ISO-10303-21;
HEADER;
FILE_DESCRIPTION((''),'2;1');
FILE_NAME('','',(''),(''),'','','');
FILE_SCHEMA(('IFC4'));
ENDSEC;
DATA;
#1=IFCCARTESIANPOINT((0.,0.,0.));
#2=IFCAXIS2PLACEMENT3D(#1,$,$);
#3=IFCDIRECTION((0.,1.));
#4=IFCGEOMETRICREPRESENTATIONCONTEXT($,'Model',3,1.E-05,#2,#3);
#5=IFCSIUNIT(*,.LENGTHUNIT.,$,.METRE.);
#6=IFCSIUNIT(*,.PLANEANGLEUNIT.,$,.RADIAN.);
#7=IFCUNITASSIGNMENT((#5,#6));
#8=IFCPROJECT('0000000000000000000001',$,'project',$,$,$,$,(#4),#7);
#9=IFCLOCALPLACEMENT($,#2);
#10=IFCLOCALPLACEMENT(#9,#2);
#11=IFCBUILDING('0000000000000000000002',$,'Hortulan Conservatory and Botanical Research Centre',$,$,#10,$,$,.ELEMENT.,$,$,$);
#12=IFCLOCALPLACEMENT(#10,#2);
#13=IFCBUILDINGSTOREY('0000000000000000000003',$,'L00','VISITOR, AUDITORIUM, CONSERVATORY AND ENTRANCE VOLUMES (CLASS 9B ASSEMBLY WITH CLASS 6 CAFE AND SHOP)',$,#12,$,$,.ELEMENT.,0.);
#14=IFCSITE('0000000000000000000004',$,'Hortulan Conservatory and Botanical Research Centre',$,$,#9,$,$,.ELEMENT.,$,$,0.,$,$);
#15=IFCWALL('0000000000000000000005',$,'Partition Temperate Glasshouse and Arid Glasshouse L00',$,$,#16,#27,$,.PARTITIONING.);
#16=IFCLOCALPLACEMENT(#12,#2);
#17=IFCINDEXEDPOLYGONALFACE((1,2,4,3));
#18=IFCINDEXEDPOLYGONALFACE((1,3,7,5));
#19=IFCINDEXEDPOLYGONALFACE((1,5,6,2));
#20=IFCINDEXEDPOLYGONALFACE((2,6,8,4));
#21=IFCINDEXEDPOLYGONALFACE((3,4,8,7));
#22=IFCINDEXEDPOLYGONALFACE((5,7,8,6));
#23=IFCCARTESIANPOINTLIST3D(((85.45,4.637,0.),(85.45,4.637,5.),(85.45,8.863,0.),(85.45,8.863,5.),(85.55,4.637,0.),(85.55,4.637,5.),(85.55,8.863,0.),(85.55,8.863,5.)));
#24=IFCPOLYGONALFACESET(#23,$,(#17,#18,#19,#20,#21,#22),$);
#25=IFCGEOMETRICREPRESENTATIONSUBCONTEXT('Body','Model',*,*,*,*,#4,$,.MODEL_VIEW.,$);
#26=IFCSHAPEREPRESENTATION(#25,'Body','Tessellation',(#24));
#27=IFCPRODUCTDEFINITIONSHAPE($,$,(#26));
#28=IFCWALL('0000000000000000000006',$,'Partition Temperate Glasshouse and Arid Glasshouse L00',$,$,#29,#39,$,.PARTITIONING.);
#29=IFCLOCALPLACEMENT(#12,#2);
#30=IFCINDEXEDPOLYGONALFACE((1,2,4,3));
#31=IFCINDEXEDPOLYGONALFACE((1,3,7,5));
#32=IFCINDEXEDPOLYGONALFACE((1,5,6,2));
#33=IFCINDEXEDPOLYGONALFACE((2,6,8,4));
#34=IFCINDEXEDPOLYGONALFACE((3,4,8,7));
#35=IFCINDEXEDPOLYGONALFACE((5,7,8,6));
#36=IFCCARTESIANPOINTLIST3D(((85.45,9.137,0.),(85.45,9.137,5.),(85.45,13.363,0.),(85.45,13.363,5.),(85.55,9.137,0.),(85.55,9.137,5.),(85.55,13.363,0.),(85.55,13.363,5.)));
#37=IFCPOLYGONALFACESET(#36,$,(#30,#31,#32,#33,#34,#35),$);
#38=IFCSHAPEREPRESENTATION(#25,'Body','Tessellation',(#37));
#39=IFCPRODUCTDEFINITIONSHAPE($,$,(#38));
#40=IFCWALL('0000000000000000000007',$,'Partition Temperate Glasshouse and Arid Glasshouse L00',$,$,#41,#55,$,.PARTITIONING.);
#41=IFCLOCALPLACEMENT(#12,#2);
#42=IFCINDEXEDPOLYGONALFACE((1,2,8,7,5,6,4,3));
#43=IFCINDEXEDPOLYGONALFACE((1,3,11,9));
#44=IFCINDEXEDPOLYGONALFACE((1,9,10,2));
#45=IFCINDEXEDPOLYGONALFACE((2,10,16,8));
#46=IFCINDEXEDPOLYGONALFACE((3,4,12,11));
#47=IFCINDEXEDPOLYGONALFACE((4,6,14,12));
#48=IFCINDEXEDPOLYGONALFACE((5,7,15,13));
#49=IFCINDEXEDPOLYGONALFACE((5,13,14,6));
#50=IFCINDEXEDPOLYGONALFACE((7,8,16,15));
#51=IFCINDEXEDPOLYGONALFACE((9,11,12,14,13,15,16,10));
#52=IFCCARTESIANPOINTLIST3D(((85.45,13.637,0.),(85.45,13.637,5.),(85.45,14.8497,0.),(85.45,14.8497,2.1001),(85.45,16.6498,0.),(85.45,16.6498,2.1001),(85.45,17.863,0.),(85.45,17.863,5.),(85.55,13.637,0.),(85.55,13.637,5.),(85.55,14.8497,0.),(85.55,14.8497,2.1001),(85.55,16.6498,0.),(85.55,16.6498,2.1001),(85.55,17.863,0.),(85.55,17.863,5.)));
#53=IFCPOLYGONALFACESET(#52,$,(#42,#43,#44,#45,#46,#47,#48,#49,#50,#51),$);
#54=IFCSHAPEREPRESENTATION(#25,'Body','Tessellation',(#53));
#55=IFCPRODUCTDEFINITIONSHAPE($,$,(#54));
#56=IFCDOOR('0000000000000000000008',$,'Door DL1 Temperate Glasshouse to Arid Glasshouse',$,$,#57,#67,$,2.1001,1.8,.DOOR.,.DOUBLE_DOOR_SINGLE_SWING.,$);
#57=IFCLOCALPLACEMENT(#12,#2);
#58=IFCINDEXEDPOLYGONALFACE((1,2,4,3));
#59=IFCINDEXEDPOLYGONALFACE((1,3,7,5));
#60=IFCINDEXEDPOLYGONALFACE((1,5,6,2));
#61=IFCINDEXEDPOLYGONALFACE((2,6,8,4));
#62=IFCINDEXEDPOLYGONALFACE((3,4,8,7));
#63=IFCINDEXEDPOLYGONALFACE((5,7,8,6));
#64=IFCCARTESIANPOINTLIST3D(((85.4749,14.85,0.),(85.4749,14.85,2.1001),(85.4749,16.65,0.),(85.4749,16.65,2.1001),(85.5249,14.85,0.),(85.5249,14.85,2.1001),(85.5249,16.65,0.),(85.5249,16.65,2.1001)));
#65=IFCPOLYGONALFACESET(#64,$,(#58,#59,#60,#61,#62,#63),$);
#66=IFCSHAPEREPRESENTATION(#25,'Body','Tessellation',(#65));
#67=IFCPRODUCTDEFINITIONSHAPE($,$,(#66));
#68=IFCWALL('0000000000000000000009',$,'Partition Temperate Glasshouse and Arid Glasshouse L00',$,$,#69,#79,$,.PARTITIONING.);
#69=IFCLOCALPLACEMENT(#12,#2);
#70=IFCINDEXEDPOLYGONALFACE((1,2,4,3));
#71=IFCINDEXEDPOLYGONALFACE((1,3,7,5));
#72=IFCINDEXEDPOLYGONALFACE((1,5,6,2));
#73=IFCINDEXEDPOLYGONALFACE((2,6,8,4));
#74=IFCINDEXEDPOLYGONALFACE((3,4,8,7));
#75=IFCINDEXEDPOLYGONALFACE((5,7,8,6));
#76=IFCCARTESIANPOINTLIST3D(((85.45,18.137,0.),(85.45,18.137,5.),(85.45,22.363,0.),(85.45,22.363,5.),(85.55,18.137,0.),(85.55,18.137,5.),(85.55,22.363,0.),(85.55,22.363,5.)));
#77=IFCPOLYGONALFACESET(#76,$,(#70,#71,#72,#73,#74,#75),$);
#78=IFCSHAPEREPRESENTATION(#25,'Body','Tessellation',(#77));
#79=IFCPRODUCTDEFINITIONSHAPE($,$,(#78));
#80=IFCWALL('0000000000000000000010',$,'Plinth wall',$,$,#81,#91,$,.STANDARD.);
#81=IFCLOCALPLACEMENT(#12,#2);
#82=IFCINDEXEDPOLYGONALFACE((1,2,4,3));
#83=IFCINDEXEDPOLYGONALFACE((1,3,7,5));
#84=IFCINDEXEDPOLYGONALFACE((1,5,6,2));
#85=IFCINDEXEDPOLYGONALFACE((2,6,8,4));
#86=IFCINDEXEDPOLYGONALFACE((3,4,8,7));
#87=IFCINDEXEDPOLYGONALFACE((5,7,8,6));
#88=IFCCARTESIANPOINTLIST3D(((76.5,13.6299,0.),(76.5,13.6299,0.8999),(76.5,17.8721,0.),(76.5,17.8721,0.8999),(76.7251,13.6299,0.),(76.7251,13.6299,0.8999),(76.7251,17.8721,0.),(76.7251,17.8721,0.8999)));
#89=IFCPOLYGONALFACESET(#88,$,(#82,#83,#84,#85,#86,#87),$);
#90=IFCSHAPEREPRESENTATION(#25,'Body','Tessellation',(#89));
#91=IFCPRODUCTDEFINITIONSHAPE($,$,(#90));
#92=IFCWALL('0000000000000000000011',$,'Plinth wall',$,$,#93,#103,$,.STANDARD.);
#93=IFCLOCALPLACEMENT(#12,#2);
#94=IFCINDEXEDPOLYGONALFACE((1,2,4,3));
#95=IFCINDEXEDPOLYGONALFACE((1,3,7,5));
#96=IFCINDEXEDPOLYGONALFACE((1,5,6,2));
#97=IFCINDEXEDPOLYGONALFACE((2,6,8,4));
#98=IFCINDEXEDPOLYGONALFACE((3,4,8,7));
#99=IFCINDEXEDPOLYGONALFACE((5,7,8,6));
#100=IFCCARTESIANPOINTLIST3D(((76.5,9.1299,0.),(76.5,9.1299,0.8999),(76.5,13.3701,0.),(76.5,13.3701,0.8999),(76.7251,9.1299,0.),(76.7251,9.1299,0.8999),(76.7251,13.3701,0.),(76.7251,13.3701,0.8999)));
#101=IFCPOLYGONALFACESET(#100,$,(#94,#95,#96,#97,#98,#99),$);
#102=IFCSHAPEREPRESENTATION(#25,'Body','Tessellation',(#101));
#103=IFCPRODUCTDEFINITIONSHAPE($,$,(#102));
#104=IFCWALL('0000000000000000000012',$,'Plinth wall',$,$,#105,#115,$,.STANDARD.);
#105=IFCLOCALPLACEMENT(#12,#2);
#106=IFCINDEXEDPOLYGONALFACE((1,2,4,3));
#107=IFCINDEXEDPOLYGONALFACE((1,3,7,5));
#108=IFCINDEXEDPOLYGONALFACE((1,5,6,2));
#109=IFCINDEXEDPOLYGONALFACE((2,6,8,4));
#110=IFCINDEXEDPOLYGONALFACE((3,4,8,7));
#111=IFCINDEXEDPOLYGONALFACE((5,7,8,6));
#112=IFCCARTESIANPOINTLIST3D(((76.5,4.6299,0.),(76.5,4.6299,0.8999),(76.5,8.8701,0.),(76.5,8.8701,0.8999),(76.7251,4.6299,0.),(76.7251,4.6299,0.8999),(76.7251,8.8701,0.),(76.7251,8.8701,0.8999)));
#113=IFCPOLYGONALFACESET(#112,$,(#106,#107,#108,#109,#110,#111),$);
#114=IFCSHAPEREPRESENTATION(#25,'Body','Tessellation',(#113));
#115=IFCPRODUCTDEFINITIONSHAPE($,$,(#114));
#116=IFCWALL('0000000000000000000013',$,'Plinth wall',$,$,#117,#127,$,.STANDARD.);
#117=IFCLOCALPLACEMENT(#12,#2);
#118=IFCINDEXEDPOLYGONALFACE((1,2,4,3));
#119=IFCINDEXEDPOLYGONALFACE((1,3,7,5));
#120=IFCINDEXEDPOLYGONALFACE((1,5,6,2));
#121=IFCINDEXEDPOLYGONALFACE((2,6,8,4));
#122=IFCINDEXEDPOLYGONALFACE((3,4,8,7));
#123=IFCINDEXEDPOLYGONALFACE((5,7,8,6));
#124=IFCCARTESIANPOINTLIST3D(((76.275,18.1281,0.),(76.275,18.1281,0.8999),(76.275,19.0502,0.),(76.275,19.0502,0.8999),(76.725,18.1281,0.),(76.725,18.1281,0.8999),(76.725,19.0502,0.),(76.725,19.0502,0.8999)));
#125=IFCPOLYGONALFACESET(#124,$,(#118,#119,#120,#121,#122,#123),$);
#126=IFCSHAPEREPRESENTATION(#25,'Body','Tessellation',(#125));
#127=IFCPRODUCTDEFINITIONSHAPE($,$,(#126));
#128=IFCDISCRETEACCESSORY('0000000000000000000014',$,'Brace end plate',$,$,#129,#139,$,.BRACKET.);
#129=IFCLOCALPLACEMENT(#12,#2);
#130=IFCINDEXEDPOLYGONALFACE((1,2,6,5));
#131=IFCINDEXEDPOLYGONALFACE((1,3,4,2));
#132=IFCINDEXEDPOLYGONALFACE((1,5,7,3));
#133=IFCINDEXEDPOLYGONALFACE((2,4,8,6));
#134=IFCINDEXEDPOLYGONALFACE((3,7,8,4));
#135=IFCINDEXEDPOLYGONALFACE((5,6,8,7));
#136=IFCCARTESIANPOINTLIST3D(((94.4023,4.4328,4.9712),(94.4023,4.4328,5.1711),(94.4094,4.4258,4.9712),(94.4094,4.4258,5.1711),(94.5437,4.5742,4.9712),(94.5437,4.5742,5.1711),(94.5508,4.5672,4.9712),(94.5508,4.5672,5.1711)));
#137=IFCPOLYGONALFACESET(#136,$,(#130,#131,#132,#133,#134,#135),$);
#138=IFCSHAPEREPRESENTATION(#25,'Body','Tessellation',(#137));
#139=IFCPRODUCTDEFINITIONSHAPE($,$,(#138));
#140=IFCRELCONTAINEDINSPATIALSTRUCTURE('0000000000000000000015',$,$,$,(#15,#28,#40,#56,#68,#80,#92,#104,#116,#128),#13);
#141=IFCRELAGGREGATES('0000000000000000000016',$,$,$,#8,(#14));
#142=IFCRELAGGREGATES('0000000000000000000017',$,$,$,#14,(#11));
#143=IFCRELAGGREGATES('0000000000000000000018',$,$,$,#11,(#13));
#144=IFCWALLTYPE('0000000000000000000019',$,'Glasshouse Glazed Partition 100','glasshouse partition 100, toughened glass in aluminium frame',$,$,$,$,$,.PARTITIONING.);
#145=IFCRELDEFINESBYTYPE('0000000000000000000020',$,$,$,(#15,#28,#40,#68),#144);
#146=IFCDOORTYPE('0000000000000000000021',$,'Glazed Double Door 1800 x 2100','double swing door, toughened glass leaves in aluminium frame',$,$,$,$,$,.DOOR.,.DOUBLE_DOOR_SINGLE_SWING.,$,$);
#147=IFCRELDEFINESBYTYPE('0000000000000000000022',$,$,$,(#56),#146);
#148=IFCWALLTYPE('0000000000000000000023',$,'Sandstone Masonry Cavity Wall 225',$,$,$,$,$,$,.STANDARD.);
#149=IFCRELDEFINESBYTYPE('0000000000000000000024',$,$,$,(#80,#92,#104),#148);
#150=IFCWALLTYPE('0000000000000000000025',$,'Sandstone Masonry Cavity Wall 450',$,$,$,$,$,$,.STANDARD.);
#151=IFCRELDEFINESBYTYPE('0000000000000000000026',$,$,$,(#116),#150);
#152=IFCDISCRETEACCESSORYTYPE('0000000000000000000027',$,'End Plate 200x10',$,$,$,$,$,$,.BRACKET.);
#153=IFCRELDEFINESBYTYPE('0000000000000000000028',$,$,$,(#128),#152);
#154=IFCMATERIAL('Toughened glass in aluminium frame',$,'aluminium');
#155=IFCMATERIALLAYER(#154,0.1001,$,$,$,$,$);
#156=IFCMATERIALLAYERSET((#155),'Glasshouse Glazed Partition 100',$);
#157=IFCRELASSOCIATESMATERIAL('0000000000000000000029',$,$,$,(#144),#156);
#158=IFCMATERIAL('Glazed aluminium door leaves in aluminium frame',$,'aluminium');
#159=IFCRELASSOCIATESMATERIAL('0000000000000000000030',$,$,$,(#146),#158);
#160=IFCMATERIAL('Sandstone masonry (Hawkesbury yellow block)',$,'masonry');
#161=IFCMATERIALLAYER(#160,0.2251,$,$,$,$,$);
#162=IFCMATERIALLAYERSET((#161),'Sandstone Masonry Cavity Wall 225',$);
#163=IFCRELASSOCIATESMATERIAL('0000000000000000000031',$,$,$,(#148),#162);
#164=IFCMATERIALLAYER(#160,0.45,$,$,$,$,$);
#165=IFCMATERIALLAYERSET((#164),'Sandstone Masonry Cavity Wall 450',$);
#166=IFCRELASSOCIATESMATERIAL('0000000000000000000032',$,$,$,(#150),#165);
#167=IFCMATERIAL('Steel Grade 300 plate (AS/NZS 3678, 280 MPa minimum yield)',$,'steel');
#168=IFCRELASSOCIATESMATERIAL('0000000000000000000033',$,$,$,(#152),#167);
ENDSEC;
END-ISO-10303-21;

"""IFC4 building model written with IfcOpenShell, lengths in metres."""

from ifc_helpers import new_model, si_unit, direction, frame, frame_2d, origin, origin_2d, place, context, subcontext, project, spatial, rectangle, extrude, material, layer, layer_set, type_object, element, fill, save


model = new_model("IFC4")

# Units and contexts
model_context = context("Model", 3, precision=1e-05, world=origin(), true_north=direction((0.0, 1.0)))
body_context = subcontext(model_context, "Body", "Model", "MODEL_VIEW")
ifc_project = project(units=[si_unit("LENGTHUNIT", "METRE"), si_unit("PLANEANGLEUNIT", "RADIAN")], contexts=[model_context])

# Site, building, storey
site_placement = place(None, origin())
site = spatial("IfcSite", under=ifc_project, at=site_placement, Name="Hortulan Conservatory and Botanical Research Centre", CompositionType="ELEMENT", RefElevation=0.0)
building_placement = place(site_placement, origin())
building = spatial("IfcBuilding", under=site, at=building_placement, Name="Hortulan Conservatory and Botanical Research Centre", CompositionType="ELEMENT")
storey_placement = place(building_placement, origin())
storey = spatial("IfcBuildingStorey", under=building, at=storey_placement, Name="L00", Description="VISITOR, AUDITORIUM, CONSERVATORY AND ENTRANCE VOLUMES (CLASS 9B ASSEMBLY WITH CLASS 6 CAFE AND SHOP)", CompositionType="ELEMENT", Elevation=0.0)

# Walls
ifc_material_1 = material(Name="Toughened glass in aluminium frame", Category="aluminium")
ifc_layer_1 = layer(ifc_material_1, 0.1001)
ifc_layer_set_1 = layer_set([ifc_layer_1], Name="Glasshouse Glazed Partition 100")
wall_type_1 = type_object("IfcWallType", Name="Glasshouse Glazed Partition 100", Description="glasshouse partition 100, toughened glass in aluminium frame", PredefinedType="PARTITIONING", material=ifc_layer_set_1)
for number, where, z_axis, x_axis, name in (
    (1, (85.5, 4.637, 0.0), (0.0, 0.0, 1.0), (0.0, 1.0, 0.0), "Partition Temperate Glasshouse and Arid Glasshouse L00"),
    (2, (85.5, 9.137, 0.0), (0.0, 0.0, 1.0), (0.0, 1.0, 0.0), "Partition Temperate Glasshouse and Arid Glasshouse L00"),
):
    element("IfcWall", number, at=place(storey_placement, frame(where, z_axis=z_axis, x_axis=x_axis)), inside=storey, type_object=wall_type_1, Name=name, PredefinedType="PARTITIONING", context=body_context, shape_type="SweptSolid", body=[
        extrude(rectangle(XDim=4.2261, YDim=0.1001, at=frame_2d((2.113, 0.0))), origin(), (0.0, 0.0, 1.0), 5.0),
    ])

# Wall, opening, door
wall_1_placement = place(storey_placement, frame((85.5, 13.637, 0.0), z_axis=(0.0, 0.0, 1.0), x_axis=(0.0, 1.0, 0.0)))
wall_1 = element("IfcWall", 3, at=wall_1_placement, inside=storey, type_object=wall_type_1, Name="Partition Temperate Glasshouse and Arid Glasshouse L00", PredefinedType="PARTITIONING", context=body_context, shape_type="SweptSolid", body=[
    extrude(rectangle(XDim=4.2261, YDim=0.1001, at=frame_2d((2.113, 0.0))), origin(), (0.0, 0.0, 1.0), 5.0),
])
opening_placement = place(wall_1_placement, frame((1.2129, 0.0, 0.0)))
opening = element("IfcOpeningElement", 4, at=opening_placement, cuts=wall_1, PredefinedType="OPENING", context=body_context, shape_type="SweptSolid", body=[
    extrude(rectangle(XDim=1.8, YDim=2.1001, at=frame_2d((0.8999, 1.05))), frame((0.0, 0.0601, 0.0), z_axis=(0.0, -1.0, 0.0), x_axis=(1.0, 0.0, 0.0)), (0.0, 0.0, 1.0), 0.1201),
])
ifc_material_2 = material(Name="Glazed aluminium door leaves in aluminium frame", Category="aluminium")
door_type = type_object("IfcDoorType", Name="Glazed Double Door 1800 x 2100", Description="double swing door, toughened glass leaves in aluminium frame", OperationType="DOUBLE_DOOR_SINGLE_SWING", PredefinedType="DOOR", material=ifc_material_2)
door_placement = place(opening_placement, frame((1.8, 0.0, 0.0), z_axis=(0.0, 0.0, 1.0), x_axis=(-1.0, 0.0, 0.0)))
door = element("IfcDoor", 5, at=door_placement, inside=storey, type_object=door_type, Name="Door DL1 Temperate Glasshouse to Arid Glasshouse", OperationType="DOUBLE_DOOR_SINGLE_SWING", OverallHeight=2.1001, OverallWidth=1.8, PredefinedType="DOOR", context=body_context, shape_type="SweptSolid", body=[
    extrude(rectangle(XDim=1.8, YDim=2.1001, at=frame_2d((0.8999, 1.05))), frame((0.0, 0.0249, 0.0), z_axis=(0.0, -1.0, 0.0), x_axis=(1.0, 0.0, 0.0)), (0.0, 0.0, 1.0), 0.05),
])
fill(opening, door)

# Walls
wall_2_placement = place(storey_placement, frame((85.5, 18.137, 0.0), z_axis=(0.0, 0.0, 1.0), x_axis=(0.0, 1.0, 0.0)))
element("IfcWall", 6, at=wall_2_placement, inside=storey, type_object=wall_type_1, Name="Partition Temperate Glasshouse and Arid Glasshouse L00", PredefinedType="PARTITIONING", context=body_context, shape_type="SweptSolid", body=[
    extrude(rectangle(XDim=4.2261, YDim=0.1001, at=frame_2d((2.113, 0.0))), origin(), (0.0, 0.0, 1.0), 5.0),
])
ifc_material_3 = material(Name="Sandstone masonry (Hawkesbury yellow block)", Category="masonry")
ifc_layer_2 = layer(ifc_material_3, 0.2251)
ifc_layer_set_2 = layer_set([ifc_layer_2], Name="Sandstone Masonry Cavity Wall 225")
wall_type_2 = type_object("IfcWallType", Name="Sandstone Masonry Cavity Wall 225", PredefinedType="STANDARD", material=ifc_layer_set_2)
wall_3_placement = place(storey_placement, frame((76.6125, 17.8721, 0.0), z_axis=(0.0, 0.0, 1.0), x_axis=(0.0, -1.0, 0.0)))
element("IfcWall", 7, at=wall_3_placement, inside=storey, type_object=wall_type_2, Name="Plinth wall", PredefinedType="STANDARD", context=body_context, shape_type="SweptSolid", body=[
    extrude(rectangle(XDim=4.2422, YDim=0.2251, at=frame_2d((2.1211, 0.0))), origin(), (0.0, 0.0, 1.0), 0.8999),
])
for number, where, z_axis, x_axis, name in (
    (8, (76.6125, 13.3701, 0.0), (0.0, 0.0, 1.0), (0.0, -1.0, 0.0), "Plinth wall"),
    (9, (76.6125, 8.8701, 0.0), (0.0, 0.0, 1.0), (0.0, -1.0, 0.0), "Plinth wall"),
):
    element("IfcWall", number, at=place(storey_placement, frame(where, z_axis=z_axis, x_axis=x_axis)), inside=storey, type_object=wall_type_2, Name=name, PredefinedType="STANDARD", context=body_context, shape_type="SweptSolid", body=[
        extrude(rectangle(XDim=4.2402, YDim=0.2251, at=frame_2d((2.1201, 0.0))), origin(), (0.0, 0.0, 1.0), 0.8999),
    ])
ifc_layer_3 = layer(ifc_material_3, 0.45)
ifc_layer_set_3 = layer_set([ifc_layer_3], Name="Sandstone Masonry Cavity Wall 450")
wall_type_3 = type_object("IfcWallType", Name="Sandstone Masonry Cavity Wall 450", PredefinedType="STANDARD", material=ifc_layer_set_3)
wall_4_placement = place(storey_placement, frame((76.5, 19.05, 0.0), z_axis=(0.0, 0.0, 1.0), x_axis=(0.0, -1.0, 0.0)))
element("IfcWall", 10, at=wall_4_placement, inside=storey, type_object=wall_type_3, Name="Plinth wall", PredefinedType="STANDARD", context=body_context, shape_type="SweptSolid", body=[
    extrude(rectangle(XDim=0.9221, YDim=0.45, at=frame_2d((0.4609, 0.0))), origin(), (0.0, 0.0, 1.0), 0.8999),
])

# Discrete accessory
ifc_material_4 = material(Name="Steel Grade 300 plate (AS/NZS 3678, 280 MPa minimum yield)", Category="steel")
discrete_accessory_type = type_object("IfcDiscreteAccessoryType", Name="End Plate 200x10", PredefinedType="BRACKET", material=ifc_material_4)
discrete_accessory_placement = place(storey_placement, frame((94.4766, 4.5, 4.9712), z_axis=(0.0, 0.0, 1.0), x_axis=(0.707107, 0.707107, 0.0)))
element("IfcDiscreteAccessory", 11, at=discrete_accessory_placement, inside=storey, type_object=discrete_accessory_type, Name="Brace end plate", PredefinedType="BRACKET", context=body_context, shape_type="SweptSolid", body=[
    extrude(rectangle(XDim=0.2, YDim=0.01, at=origin_2d()), origin(), (0.0, 0.0, 1.0), 0.2),
])

save(model, "model.ifc")
